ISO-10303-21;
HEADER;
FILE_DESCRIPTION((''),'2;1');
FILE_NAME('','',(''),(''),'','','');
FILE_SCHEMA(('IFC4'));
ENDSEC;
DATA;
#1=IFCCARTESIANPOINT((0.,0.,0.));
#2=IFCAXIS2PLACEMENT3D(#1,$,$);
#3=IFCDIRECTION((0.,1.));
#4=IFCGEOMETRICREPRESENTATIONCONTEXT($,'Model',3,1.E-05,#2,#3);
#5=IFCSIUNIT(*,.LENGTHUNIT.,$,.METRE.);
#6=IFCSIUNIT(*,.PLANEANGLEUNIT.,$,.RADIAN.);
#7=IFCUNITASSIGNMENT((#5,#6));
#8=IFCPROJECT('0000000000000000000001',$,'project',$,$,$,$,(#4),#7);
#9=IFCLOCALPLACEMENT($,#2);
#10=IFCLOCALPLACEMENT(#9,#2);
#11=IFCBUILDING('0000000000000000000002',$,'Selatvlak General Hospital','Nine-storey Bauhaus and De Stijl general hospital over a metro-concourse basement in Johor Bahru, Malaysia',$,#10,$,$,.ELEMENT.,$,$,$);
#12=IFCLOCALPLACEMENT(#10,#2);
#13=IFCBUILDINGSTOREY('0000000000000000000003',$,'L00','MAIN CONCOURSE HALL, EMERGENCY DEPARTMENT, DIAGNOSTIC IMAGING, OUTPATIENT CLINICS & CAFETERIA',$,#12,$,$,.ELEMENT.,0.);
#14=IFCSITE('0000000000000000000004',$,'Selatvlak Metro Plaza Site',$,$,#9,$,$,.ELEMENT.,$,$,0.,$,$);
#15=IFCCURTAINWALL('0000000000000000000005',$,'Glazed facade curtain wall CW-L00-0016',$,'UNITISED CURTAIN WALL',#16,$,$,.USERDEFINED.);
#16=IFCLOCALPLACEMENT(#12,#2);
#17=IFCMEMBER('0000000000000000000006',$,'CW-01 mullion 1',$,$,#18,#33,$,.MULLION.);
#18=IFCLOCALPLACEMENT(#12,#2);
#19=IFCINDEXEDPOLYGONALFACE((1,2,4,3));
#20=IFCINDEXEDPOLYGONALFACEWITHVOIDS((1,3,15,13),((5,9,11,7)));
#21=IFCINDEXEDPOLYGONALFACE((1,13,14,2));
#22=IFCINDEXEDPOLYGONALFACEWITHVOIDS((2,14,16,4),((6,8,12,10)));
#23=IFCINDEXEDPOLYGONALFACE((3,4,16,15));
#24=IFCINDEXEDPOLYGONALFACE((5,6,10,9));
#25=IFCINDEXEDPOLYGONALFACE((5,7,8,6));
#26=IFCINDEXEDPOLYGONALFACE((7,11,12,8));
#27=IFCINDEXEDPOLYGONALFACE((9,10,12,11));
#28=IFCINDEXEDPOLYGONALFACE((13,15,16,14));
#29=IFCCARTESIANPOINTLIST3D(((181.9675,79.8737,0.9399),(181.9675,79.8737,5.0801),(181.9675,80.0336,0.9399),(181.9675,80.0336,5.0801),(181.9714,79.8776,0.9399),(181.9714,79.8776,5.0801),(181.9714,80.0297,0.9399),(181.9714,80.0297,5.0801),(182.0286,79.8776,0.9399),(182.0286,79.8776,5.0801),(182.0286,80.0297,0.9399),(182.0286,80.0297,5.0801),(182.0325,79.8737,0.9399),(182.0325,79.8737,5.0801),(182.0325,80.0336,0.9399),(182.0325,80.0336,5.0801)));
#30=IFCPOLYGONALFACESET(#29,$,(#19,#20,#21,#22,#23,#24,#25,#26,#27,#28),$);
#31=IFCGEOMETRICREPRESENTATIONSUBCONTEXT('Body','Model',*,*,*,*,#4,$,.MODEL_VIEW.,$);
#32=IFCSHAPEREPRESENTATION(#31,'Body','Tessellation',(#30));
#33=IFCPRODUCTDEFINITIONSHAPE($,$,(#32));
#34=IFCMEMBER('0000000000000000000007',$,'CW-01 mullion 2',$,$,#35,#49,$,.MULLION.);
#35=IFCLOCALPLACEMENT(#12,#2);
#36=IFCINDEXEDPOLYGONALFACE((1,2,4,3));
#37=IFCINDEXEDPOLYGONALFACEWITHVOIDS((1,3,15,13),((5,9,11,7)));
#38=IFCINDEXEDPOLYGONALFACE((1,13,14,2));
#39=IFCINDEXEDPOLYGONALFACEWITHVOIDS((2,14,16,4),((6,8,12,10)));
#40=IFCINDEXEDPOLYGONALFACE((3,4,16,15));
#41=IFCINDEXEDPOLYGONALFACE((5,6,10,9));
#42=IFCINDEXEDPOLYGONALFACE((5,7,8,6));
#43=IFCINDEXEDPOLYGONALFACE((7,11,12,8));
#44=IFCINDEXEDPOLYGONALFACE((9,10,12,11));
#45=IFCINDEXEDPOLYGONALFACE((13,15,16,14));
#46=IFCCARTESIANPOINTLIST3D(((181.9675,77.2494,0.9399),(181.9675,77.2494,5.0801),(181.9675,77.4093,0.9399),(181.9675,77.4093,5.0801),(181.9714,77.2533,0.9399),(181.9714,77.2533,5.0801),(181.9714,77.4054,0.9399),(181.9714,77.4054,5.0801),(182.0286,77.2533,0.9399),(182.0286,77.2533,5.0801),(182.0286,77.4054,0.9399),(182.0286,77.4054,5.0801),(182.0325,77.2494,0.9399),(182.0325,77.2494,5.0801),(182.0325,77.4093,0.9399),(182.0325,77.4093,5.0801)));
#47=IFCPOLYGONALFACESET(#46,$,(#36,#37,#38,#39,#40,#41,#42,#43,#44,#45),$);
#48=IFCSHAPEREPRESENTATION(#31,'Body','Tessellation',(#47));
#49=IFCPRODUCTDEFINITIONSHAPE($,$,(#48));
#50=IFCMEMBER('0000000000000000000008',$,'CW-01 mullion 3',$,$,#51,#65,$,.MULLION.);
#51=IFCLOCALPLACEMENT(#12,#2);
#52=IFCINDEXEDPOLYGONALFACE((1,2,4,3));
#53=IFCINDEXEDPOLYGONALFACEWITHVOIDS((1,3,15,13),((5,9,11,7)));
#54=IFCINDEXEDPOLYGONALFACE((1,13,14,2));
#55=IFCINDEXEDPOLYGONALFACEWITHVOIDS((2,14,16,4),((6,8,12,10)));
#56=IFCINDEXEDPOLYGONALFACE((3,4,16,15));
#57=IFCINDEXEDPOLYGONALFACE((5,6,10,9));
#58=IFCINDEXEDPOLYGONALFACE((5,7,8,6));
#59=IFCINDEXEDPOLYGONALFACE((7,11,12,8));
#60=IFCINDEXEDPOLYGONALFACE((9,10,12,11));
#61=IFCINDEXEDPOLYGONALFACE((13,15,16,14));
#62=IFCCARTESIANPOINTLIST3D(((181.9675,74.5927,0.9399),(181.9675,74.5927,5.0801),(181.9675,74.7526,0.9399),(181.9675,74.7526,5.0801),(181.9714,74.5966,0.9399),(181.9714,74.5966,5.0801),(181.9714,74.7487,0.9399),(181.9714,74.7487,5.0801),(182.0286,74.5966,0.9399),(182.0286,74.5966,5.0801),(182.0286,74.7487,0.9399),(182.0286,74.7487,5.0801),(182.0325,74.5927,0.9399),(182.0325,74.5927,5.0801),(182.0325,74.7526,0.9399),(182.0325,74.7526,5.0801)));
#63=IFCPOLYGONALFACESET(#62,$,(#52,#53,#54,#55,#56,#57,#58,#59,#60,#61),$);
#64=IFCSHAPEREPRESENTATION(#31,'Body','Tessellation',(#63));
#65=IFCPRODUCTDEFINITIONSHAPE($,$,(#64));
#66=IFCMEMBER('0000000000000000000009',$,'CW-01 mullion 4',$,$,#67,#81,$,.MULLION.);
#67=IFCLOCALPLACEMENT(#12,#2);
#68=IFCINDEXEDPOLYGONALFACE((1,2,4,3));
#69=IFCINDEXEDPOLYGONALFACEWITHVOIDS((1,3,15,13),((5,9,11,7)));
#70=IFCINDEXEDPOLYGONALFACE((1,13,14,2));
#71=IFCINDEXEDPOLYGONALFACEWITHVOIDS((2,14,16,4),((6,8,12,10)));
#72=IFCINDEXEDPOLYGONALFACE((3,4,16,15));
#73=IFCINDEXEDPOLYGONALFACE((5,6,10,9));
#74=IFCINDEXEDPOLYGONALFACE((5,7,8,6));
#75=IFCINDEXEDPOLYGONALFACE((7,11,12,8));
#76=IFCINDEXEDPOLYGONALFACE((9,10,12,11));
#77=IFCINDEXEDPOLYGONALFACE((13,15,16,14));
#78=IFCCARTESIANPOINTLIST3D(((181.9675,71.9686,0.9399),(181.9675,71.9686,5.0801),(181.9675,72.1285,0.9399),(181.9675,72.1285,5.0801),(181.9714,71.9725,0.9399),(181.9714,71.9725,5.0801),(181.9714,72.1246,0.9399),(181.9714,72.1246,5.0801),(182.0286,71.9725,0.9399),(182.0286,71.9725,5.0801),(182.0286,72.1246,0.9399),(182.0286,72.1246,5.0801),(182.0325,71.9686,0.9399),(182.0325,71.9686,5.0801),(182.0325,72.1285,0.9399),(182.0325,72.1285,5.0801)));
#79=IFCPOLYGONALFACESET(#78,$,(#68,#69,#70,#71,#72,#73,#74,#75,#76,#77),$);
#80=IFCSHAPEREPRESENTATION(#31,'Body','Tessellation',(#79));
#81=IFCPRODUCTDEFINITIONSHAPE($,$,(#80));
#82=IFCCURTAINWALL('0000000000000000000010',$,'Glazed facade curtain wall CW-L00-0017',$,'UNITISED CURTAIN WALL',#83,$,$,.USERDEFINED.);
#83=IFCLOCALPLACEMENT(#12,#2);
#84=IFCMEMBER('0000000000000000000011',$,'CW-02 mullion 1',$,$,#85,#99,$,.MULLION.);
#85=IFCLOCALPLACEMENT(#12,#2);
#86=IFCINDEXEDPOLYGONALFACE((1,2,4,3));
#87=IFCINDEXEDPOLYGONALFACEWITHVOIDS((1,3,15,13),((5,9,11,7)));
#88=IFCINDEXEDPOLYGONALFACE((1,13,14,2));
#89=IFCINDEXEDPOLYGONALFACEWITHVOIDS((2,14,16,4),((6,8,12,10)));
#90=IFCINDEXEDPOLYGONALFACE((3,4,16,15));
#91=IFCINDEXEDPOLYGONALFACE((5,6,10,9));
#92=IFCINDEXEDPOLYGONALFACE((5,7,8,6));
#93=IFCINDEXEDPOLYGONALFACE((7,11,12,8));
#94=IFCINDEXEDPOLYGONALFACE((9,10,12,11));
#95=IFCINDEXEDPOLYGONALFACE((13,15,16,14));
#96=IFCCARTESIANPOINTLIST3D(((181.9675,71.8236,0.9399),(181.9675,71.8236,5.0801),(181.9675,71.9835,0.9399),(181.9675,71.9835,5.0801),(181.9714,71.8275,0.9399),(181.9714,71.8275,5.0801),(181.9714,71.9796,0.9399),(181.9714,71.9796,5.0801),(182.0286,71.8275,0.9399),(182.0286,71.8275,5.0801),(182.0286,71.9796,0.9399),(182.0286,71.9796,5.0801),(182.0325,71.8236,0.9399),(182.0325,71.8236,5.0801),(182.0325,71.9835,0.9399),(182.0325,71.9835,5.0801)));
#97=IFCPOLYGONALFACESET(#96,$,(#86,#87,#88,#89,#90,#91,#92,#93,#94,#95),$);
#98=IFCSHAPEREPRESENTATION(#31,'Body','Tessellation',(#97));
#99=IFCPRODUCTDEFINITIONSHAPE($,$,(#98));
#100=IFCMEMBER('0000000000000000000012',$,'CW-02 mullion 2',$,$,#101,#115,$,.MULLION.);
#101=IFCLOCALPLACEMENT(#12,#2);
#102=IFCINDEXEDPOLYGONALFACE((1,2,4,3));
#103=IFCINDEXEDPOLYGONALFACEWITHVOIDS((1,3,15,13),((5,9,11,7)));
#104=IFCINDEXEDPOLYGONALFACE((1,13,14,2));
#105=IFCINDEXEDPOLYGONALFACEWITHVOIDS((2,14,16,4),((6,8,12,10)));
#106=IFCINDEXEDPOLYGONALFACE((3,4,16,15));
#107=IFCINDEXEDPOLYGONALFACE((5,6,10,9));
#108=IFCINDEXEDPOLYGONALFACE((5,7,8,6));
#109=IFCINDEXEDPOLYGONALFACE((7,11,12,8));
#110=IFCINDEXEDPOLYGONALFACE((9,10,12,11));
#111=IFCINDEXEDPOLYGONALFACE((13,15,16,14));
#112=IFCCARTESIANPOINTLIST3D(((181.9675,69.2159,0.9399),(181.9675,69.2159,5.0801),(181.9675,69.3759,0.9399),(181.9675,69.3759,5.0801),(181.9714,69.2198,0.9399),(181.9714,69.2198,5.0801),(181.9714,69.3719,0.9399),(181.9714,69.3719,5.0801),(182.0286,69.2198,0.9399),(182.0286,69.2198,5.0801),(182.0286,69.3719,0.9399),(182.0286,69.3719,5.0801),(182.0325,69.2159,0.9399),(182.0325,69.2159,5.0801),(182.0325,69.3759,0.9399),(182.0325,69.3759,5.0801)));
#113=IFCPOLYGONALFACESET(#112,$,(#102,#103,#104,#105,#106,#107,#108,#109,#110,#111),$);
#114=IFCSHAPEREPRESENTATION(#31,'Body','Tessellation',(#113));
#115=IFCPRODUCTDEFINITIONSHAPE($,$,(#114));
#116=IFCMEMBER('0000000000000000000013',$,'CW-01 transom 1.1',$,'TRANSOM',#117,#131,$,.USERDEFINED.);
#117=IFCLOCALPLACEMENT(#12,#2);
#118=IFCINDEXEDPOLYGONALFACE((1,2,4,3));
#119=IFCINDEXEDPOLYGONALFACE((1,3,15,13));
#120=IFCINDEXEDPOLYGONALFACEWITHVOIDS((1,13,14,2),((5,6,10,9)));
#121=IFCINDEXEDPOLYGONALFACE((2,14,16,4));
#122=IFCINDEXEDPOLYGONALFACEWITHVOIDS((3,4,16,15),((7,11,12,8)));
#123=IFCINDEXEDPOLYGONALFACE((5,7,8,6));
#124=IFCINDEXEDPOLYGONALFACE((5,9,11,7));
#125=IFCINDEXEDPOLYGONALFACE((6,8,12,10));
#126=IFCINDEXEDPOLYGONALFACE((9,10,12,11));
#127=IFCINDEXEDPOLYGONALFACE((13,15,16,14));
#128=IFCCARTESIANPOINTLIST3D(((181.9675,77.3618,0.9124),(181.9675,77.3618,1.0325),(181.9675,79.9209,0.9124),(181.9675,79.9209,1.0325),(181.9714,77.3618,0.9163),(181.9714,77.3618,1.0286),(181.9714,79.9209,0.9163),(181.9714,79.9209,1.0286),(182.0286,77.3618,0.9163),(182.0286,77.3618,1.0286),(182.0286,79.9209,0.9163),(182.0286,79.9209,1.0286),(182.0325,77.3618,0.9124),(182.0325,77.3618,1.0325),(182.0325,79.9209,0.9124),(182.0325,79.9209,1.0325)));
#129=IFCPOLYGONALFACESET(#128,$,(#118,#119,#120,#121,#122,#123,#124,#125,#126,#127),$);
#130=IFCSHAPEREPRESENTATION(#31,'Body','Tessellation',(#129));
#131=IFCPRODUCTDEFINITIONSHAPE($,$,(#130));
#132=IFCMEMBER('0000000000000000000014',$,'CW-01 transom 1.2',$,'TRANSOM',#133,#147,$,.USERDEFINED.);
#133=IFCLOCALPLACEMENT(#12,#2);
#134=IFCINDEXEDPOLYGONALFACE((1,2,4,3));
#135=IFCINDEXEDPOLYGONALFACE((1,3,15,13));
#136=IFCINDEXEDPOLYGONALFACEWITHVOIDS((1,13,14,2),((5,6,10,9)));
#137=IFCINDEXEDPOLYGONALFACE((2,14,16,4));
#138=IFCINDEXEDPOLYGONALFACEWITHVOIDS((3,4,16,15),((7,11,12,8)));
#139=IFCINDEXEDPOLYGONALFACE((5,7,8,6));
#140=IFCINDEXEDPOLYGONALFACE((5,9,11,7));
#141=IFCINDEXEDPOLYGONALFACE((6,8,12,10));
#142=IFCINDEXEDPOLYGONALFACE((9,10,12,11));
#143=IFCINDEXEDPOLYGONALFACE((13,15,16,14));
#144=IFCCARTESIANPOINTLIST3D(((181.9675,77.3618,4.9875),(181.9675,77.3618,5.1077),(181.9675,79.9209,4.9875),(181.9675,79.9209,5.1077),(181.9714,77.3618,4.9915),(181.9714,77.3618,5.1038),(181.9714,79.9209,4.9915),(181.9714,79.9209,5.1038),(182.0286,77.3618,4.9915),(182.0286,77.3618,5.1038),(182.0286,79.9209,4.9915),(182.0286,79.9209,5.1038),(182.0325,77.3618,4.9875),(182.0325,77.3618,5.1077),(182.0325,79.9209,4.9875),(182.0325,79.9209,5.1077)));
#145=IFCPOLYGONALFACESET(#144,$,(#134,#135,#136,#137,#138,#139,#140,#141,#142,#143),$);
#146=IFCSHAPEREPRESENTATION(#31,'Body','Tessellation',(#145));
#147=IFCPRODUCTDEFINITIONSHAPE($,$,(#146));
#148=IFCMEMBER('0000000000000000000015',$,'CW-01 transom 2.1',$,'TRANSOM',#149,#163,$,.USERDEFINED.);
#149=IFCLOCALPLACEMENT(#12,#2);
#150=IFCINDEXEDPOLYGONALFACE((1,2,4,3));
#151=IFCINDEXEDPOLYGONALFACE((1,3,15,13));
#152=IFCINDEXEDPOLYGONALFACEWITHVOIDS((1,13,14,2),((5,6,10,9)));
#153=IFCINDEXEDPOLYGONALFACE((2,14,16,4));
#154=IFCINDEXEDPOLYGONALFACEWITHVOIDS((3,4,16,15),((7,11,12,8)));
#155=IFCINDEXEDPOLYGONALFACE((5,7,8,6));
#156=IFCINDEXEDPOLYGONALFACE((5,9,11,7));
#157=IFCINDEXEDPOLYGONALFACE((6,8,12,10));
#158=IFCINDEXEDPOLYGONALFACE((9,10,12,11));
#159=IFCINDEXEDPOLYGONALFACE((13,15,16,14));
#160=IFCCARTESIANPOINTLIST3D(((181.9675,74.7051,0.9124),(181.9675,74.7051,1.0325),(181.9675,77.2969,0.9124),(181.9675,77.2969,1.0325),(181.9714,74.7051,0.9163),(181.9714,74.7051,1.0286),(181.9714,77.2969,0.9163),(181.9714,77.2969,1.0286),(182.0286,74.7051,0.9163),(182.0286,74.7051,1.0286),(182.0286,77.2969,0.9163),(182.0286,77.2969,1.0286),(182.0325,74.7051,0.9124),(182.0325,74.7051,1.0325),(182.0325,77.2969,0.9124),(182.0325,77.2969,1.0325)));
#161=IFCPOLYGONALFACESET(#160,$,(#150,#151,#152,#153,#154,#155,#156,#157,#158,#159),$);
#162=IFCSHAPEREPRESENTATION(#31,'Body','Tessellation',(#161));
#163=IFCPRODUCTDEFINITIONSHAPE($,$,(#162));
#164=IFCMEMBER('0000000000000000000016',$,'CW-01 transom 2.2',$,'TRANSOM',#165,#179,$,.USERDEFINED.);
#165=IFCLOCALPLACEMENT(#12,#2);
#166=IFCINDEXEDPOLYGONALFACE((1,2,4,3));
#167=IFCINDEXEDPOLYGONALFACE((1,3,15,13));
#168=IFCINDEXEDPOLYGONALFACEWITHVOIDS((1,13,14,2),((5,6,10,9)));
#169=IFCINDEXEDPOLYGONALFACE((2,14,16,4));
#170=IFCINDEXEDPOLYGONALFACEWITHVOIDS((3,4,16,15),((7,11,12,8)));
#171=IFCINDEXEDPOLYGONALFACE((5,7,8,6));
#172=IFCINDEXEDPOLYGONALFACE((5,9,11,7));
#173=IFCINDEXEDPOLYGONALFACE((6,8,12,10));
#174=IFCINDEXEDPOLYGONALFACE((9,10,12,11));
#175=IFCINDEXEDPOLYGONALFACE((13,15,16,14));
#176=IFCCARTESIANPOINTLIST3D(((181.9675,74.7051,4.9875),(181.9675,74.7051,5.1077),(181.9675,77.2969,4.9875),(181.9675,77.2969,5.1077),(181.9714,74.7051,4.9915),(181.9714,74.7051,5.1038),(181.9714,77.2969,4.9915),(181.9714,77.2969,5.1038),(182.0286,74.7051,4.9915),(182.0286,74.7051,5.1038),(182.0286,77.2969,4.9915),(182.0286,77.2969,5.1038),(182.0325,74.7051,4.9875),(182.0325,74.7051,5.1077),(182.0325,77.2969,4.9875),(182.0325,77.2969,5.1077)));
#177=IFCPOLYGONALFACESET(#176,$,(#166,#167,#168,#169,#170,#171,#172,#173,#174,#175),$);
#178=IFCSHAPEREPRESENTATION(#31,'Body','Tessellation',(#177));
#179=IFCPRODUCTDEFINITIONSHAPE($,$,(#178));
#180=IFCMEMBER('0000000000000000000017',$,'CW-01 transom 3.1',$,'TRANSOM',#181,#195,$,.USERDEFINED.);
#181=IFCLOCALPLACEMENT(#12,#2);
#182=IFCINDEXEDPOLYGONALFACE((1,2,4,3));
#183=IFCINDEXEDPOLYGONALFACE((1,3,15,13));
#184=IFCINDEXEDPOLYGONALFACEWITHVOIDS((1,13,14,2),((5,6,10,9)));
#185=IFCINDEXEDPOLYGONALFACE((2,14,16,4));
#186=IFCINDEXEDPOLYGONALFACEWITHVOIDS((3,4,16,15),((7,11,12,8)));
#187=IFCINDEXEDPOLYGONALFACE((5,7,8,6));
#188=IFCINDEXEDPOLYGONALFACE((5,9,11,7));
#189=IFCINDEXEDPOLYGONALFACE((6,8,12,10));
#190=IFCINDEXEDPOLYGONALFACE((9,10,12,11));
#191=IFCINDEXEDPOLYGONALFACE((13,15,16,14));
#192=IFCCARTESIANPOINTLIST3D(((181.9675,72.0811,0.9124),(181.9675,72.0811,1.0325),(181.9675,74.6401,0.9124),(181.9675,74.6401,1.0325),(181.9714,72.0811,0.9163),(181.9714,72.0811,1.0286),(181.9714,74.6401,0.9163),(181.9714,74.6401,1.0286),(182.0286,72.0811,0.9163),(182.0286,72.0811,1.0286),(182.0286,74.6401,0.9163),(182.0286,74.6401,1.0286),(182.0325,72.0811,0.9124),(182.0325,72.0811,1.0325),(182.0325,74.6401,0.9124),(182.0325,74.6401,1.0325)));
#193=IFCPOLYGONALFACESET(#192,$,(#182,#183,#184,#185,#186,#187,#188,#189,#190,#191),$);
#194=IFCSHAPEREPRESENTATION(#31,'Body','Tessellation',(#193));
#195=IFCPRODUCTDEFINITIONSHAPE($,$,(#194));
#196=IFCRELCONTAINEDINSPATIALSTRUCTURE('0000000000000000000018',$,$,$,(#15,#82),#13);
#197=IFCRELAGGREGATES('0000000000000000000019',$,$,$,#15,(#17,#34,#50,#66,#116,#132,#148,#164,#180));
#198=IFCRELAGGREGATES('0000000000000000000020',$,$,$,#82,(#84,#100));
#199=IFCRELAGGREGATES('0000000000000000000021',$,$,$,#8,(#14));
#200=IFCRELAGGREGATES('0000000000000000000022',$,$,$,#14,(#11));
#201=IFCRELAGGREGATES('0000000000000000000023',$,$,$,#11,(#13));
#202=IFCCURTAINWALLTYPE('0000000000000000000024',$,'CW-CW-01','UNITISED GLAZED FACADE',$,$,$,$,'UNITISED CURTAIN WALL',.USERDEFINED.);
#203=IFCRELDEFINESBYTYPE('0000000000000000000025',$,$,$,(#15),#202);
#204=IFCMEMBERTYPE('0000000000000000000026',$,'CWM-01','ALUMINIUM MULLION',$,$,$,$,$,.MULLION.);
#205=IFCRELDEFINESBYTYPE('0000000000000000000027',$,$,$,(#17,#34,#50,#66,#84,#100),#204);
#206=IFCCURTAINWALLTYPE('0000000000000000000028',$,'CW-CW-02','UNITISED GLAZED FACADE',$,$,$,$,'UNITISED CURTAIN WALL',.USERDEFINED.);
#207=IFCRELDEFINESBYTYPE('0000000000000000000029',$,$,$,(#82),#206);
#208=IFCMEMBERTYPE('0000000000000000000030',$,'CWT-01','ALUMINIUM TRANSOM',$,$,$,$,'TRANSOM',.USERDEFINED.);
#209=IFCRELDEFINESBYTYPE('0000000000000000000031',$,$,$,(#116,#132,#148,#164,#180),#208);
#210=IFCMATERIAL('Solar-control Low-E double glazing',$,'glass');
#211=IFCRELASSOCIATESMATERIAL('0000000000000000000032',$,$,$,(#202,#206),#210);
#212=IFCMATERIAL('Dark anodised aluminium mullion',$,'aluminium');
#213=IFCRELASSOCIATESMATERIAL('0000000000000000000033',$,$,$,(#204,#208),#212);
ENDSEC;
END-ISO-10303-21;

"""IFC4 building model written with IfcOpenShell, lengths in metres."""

from ifc_helpers import new_model, si_unit, direction, frame, origin, origin_2d, place, context, subcontext, project, spatial, hollow_rectangle, extrude, material, material_profile, profile_set, type_object, element, aggregate, save


model = new_model("IFC4")

# Units and contexts
model_context = context("Model", 3, precision=1e-05, world=origin(), true_north=direction((0.0, 1.0)))
body_context = subcontext(model_context, "Body", "Model", "MODEL_VIEW")
ifc_project = project(units=[si_unit("LENGTHUNIT", "METRE"), si_unit("PLANEANGLEUNIT", "RADIAN")], contexts=[model_context])

# Site, building, storey
site_placement = place(None, origin())
site = spatial("IfcSite", under=ifc_project, at=site_placement, Name="Selatvlak Metro Plaza Site", CompositionType="ELEMENT", RefElevation=0.0)
building_placement = place(site_placement, origin())
building = spatial("IfcBuilding", under=site, at=building_placement, Name="Selatvlak General Hospital", Description="Nine-storey Bauhaus and De Stijl general hospital over a metro-concourse basement in Johor Bahru, Malaysia", CompositionType="ELEMENT")
storey_placement = place(building_placement, origin())
storey = spatial("IfcBuildingStorey", under=building, at=storey_placement, Name="L00", Description="MAIN CONCOURSE HALL, EMERGENCY DEPARTMENT, DIAGNOSTIC IMAGING, OUTPATIENT CLINICS & CAFETERIA", CompositionType="ELEMENT", Elevation=0.0)

# Curtain walls, members
ifc_material_1 = material(Name="Solar-control Low-E double glazing", Category="glass")
curtain_wall_type_1 = type_object("IfcCurtainWallType", Name="CW-CW-01", Description="UNITISED GLAZED FACADE", ElementType="UNITISED CURTAIN WALL", PredefinedType="USERDEFINED", material=ifc_material_1)
curtain_wall_1_placement = place(storey_placement, origin())
curtain_wall_1 = element("IfcCurtainWall", 1, at=curtain_wall_1_placement, inside=storey, type_object=curtain_wall_type_1, Name="Glazed facade curtain wall CW-L00-0016", ObjectType="UNITISED CURTAIN WALL", PredefinedType="USERDEFINED")
ifc_material_2 = material(Name="Dark anodised aluminium mullion", Category="aluminium")
ifc_material_profile_1 = material_profile(ifc_material_2, hollow_rectangle(XDim=0.0649, YDim=0.1599, WallThickness=0.0039, at=origin_2d()), Name="AL-MUL 65x160x4")
ifc_profile_set_1 = profile_set([ifc_material_profile_1], Name="Dark anodised aluminium mullion")
member_type_1 = type_object("IfcMemberType", Name="CWM-01", Description="ALUMINIUM MULLION", PredefinedType="MULLION", material=ifc_profile_set_1)
member_1_placement = place(storey_placement, frame((182.0, 79.9536, 0.9399), z_axis=(0.0, 0.0, 1.0), x_axis=(1.0, 0.0, 0.0)))
member_1 = element("IfcMember", 2, at=member_1_placement, type_object=member_type_1, Name="CW-01 mullion 1", PredefinedType="MULLION", context=body_context, shape_type="SweptSolid", body=[
    extrude(hollow_rectangle(XDim=0.0649, YDim=0.1599, WallThickness=0.0039, at=origin_2d()), origin(), (0.0, 0.0, 1.0), 4.1401),
])
member_2_placement = place(storey_placement, frame((182.0, 77.3293, 0.9399), z_axis=(0.0, 0.0, 1.0), x_axis=(1.0, 0.0, 0.0)))
member_2 = element("IfcMember", 3, at=member_2_placement, type_object=member_type_1, Name="CW-01 mullion 2", PredefinedType="MULLION", context=body_context, shape_type="SweptSolid", body=[
    extrude(hollow_rectangle(XDim=0.0649, YDim=0.1599, WallThickness=0.0039, at=origin_2d()), origin(), (0.0, 0.0, 1.0), 4.1401),
])
member_3_placement = place(storey_placement, frame((182.0, 74.6726, 0.9399), z_axis=(0.0, 0.0, 1.0), x_axis=(1.0, 0.0, 0.0)))
member_3 = element("IfcMember", 4, at=member_3_placement, type_object=member_type_1, Name="CW-01 mullion 3", PredefinedType="MULLION", context=body_context, shape_type="SweptSolid", body=[
    extrude(hollow_rectangle(XDim=0.0649, YDim=0.1599, WallThickness=0.0039, at=origin_2d()), origin(), (0.0, 0.0, 1.0), 4.1401),
])
member_4_placement = place(storey_placement, frame((182.0, 72.0486, 0.9399), z_axis=(0.0, 0.0, 1.0), x_axis=(1.0, 0.0, 0.0)))
member_4 = element("IfcMember", 5, at=member_4_placement, type_object=member_type_1, Name="CW-01 mullion 4", PredefinedType="MULLION", context=body_context, shape_type="SweptSolid", body=[
    extrude(hollow_rectangle(XDim=0.0649, YDim=0.1599, WallThickness=0.0039, at=origin_2d()), origin(), (0.0, 0.0, 1.0), 4.1401),
])
curtain_wall_type_2 = type_object("IfcCurtainWallType", Name="CW-CW-02", Description="UNITISED GLAZED FACADE", ElementType="UNITISED CURTAIN WALL", PredefinedType="USERDEFINED", material=ifc_material_1)
curtain_wall_2_placement = place(storey_placement, origin())
curtain_wall_2 = element("IfcCurtainWall", 6, at=curtain_wall_2_placement, inside=storey, type_object=curtain_wall_type_2, Name="Glazed facade curtain wall CW-L00-0017", ObjectType="UNITISED CURTAIN WALL", PredefinedType="USERDEFINED")
member_5_placement = place(storey_placement, frame((182.0, 71.9036, 0.9399), z_axis=(0.0, 0.0, 1.0), x_axis=(1.0, 0.0, 0.0)))
member_5 = element("IfcMember", 7, at=member_5_placement, type_object=member_type_1, Name="CW-02 mullion 1", PredefinedType="MULLION", context=body_context, shape_type="SweptSolid", body=[
    extrude(hollow_rectangle(XDim=0.0649, YDim=0.1599, WallThickness=0.0039, at=origin_2d()), origin(), (0.0, 0.0, 1.0), 4.1401),
])
member_6_placement = place(storey_placement, frame((182.0, 69.2959, 0.9399), z_axis=(0.0, 0.0, 1.0), x_axis=(1.0, 0.0, 0.0)))
member_6 = element("IfcMember", 8, at=member_6_placement, type_object=member_type_1, Name="CW-02 mullion 2", PredefinedType="MULLION", context=body_context, shape_type="SweptSolid", body=[
    extrude(hollow_rectangle(XDim=0.0649, YDim=0.1599, WallThickness=0.0039, at=origin_2d()), origin(), (0.0, 0.0, 1.0), 4.1401),
])

# Members
ifc_material_profile_2 = material_profile(ifc_material_2, hollow_rectangle(XDim=0.0649, YDim=0.1201, WallThickness=0.0039, at=origin_2d()), Name="AL-TRN 65x120x4")
ifc_profile_set_2 = profile_set([ifc_material_profile_2], Name="Dark anodised aluminium mullion")
member_type_2 = type_object("IfcMemberType", Name="CWT-01", Description="ALUMINIUM TRANSOM", ElementType="TRANSOM", PredefinedType="USERDEFINED", material=ifc_profile_set_2)
member_7_placement = place(storey_placement, frame((182.0, 79.9209, 0.9724), z_axis=(0.0, -1.0, 0.0), x_axis=(1.0, 0.0, 0.0)))
member_7 = element("IfcMember", 9, at=member_7_placement, type_object=member_type_2, Name="CW-01 transom 1.1", ObjectType="TRANSOM", PredefinedType="USERDEFINED", context=body_context, shape_type="SweptSolid", body=[
    extrude(hollow_rectangle(XDim=0.0649, YDim=0.1201, WallThickness=0.0039, at=origin_2d()), origin(), (0.0, 0.0, 1.0), 2.5591),
])
member_8_placement = place(storey_placement, frame((182.0, 79.9209, 5.0476), z_axis=(0.0, -1.0, 0.0), x_axis=(1.0, 0.0, 0.0)))
member_8 = element("IfcMember", 10, at=member_8_placement, type_object=member_type_2, Name="CW-01 transom 1.2", ObjectType="TRANSOM", PredefinedType="USERDEFINED", context=body_context, shape_type="SweptSolid", body=[
    extrude(hollow_rectangle(XDim=0.0649, YDim=0.1201, WallThickness=0.0039, at=origin_2d()), origin(), (0.0, 0.0, 1.0), 2.5591),
])
member_9_placement = place(storey_placement, frame((182.0, 77.2969, 0.9724), z_axis=(0.0, -1.0, 0.0), x_axis=(1.0, 0.0, 0.0)))
member_9 = element("IfcMember", 11, at=member_9_placement, type_object=member_type_2, Name="CW-01 transom 2.1", ObjectType="TRANSOM", PredefinedType="USERDEFINED", context=body_context, shape_type="SweptSolid", body=[
    extrude(hollow_rectangle(XDim=0.0649, YDim=0.1201, WallThickness=0.0039, at=origin_2d()), origin(), (0.0, 0.0, 1.0), 2.5918),
])
member_10_placement = place(storey_placement, frame((182.0, 77.2969, 5.0476), z_axis=(0.0, -1.0, 0.0), x_axis=(1.0, 0.0, 0.0)))
member_10 = element("IfcMember", 12, at=member_10_placement, type_object=member_type_2, Name="CW-01 transom 2.2", ObjectType="TRANSOM", PredefinedType="USERDEFINED", context=body_context, shape_type="SweptSolid", body=[
    extrude(hollow_rectangle(XDim=0.0649, YDim=0.1201, WallThickness=0.0039, at=origin_2d()), origin(), (0.0, 0.0, 1.0), 2.5918),
])
member_11_placement = place(storey_placement, frame((182.0, 74.6401, 0.9724), z_axis=(0.0, -1.0, 0.0), x_axis=(1.0, 0.0, 0.0)))
member_11 = element("IfcMember", 13, at=member_11_placement, type_object=member_type_2, Name="CW-01 transom 3.1", ObjectType="TRANSOM", PredefinedType="USERDEFINED", context=body_context, shape_type="SweptSolid", body=[
    extrude(hollow_rectangle(XDim=0.0649, YDim=0.1201, WallThickness=0.0039, at=origin_2d()), origin(), (0.0, 0.0, 1.0), 2.5591),
])

aggregate(curtain_wall_1, [member_1, member_2, member_3, member_4, member_7, member_8, member_9, member_10, member_11])
aggregate(curtain_wall_2, [member_5, member_6])

save(model, "model.ifc")
